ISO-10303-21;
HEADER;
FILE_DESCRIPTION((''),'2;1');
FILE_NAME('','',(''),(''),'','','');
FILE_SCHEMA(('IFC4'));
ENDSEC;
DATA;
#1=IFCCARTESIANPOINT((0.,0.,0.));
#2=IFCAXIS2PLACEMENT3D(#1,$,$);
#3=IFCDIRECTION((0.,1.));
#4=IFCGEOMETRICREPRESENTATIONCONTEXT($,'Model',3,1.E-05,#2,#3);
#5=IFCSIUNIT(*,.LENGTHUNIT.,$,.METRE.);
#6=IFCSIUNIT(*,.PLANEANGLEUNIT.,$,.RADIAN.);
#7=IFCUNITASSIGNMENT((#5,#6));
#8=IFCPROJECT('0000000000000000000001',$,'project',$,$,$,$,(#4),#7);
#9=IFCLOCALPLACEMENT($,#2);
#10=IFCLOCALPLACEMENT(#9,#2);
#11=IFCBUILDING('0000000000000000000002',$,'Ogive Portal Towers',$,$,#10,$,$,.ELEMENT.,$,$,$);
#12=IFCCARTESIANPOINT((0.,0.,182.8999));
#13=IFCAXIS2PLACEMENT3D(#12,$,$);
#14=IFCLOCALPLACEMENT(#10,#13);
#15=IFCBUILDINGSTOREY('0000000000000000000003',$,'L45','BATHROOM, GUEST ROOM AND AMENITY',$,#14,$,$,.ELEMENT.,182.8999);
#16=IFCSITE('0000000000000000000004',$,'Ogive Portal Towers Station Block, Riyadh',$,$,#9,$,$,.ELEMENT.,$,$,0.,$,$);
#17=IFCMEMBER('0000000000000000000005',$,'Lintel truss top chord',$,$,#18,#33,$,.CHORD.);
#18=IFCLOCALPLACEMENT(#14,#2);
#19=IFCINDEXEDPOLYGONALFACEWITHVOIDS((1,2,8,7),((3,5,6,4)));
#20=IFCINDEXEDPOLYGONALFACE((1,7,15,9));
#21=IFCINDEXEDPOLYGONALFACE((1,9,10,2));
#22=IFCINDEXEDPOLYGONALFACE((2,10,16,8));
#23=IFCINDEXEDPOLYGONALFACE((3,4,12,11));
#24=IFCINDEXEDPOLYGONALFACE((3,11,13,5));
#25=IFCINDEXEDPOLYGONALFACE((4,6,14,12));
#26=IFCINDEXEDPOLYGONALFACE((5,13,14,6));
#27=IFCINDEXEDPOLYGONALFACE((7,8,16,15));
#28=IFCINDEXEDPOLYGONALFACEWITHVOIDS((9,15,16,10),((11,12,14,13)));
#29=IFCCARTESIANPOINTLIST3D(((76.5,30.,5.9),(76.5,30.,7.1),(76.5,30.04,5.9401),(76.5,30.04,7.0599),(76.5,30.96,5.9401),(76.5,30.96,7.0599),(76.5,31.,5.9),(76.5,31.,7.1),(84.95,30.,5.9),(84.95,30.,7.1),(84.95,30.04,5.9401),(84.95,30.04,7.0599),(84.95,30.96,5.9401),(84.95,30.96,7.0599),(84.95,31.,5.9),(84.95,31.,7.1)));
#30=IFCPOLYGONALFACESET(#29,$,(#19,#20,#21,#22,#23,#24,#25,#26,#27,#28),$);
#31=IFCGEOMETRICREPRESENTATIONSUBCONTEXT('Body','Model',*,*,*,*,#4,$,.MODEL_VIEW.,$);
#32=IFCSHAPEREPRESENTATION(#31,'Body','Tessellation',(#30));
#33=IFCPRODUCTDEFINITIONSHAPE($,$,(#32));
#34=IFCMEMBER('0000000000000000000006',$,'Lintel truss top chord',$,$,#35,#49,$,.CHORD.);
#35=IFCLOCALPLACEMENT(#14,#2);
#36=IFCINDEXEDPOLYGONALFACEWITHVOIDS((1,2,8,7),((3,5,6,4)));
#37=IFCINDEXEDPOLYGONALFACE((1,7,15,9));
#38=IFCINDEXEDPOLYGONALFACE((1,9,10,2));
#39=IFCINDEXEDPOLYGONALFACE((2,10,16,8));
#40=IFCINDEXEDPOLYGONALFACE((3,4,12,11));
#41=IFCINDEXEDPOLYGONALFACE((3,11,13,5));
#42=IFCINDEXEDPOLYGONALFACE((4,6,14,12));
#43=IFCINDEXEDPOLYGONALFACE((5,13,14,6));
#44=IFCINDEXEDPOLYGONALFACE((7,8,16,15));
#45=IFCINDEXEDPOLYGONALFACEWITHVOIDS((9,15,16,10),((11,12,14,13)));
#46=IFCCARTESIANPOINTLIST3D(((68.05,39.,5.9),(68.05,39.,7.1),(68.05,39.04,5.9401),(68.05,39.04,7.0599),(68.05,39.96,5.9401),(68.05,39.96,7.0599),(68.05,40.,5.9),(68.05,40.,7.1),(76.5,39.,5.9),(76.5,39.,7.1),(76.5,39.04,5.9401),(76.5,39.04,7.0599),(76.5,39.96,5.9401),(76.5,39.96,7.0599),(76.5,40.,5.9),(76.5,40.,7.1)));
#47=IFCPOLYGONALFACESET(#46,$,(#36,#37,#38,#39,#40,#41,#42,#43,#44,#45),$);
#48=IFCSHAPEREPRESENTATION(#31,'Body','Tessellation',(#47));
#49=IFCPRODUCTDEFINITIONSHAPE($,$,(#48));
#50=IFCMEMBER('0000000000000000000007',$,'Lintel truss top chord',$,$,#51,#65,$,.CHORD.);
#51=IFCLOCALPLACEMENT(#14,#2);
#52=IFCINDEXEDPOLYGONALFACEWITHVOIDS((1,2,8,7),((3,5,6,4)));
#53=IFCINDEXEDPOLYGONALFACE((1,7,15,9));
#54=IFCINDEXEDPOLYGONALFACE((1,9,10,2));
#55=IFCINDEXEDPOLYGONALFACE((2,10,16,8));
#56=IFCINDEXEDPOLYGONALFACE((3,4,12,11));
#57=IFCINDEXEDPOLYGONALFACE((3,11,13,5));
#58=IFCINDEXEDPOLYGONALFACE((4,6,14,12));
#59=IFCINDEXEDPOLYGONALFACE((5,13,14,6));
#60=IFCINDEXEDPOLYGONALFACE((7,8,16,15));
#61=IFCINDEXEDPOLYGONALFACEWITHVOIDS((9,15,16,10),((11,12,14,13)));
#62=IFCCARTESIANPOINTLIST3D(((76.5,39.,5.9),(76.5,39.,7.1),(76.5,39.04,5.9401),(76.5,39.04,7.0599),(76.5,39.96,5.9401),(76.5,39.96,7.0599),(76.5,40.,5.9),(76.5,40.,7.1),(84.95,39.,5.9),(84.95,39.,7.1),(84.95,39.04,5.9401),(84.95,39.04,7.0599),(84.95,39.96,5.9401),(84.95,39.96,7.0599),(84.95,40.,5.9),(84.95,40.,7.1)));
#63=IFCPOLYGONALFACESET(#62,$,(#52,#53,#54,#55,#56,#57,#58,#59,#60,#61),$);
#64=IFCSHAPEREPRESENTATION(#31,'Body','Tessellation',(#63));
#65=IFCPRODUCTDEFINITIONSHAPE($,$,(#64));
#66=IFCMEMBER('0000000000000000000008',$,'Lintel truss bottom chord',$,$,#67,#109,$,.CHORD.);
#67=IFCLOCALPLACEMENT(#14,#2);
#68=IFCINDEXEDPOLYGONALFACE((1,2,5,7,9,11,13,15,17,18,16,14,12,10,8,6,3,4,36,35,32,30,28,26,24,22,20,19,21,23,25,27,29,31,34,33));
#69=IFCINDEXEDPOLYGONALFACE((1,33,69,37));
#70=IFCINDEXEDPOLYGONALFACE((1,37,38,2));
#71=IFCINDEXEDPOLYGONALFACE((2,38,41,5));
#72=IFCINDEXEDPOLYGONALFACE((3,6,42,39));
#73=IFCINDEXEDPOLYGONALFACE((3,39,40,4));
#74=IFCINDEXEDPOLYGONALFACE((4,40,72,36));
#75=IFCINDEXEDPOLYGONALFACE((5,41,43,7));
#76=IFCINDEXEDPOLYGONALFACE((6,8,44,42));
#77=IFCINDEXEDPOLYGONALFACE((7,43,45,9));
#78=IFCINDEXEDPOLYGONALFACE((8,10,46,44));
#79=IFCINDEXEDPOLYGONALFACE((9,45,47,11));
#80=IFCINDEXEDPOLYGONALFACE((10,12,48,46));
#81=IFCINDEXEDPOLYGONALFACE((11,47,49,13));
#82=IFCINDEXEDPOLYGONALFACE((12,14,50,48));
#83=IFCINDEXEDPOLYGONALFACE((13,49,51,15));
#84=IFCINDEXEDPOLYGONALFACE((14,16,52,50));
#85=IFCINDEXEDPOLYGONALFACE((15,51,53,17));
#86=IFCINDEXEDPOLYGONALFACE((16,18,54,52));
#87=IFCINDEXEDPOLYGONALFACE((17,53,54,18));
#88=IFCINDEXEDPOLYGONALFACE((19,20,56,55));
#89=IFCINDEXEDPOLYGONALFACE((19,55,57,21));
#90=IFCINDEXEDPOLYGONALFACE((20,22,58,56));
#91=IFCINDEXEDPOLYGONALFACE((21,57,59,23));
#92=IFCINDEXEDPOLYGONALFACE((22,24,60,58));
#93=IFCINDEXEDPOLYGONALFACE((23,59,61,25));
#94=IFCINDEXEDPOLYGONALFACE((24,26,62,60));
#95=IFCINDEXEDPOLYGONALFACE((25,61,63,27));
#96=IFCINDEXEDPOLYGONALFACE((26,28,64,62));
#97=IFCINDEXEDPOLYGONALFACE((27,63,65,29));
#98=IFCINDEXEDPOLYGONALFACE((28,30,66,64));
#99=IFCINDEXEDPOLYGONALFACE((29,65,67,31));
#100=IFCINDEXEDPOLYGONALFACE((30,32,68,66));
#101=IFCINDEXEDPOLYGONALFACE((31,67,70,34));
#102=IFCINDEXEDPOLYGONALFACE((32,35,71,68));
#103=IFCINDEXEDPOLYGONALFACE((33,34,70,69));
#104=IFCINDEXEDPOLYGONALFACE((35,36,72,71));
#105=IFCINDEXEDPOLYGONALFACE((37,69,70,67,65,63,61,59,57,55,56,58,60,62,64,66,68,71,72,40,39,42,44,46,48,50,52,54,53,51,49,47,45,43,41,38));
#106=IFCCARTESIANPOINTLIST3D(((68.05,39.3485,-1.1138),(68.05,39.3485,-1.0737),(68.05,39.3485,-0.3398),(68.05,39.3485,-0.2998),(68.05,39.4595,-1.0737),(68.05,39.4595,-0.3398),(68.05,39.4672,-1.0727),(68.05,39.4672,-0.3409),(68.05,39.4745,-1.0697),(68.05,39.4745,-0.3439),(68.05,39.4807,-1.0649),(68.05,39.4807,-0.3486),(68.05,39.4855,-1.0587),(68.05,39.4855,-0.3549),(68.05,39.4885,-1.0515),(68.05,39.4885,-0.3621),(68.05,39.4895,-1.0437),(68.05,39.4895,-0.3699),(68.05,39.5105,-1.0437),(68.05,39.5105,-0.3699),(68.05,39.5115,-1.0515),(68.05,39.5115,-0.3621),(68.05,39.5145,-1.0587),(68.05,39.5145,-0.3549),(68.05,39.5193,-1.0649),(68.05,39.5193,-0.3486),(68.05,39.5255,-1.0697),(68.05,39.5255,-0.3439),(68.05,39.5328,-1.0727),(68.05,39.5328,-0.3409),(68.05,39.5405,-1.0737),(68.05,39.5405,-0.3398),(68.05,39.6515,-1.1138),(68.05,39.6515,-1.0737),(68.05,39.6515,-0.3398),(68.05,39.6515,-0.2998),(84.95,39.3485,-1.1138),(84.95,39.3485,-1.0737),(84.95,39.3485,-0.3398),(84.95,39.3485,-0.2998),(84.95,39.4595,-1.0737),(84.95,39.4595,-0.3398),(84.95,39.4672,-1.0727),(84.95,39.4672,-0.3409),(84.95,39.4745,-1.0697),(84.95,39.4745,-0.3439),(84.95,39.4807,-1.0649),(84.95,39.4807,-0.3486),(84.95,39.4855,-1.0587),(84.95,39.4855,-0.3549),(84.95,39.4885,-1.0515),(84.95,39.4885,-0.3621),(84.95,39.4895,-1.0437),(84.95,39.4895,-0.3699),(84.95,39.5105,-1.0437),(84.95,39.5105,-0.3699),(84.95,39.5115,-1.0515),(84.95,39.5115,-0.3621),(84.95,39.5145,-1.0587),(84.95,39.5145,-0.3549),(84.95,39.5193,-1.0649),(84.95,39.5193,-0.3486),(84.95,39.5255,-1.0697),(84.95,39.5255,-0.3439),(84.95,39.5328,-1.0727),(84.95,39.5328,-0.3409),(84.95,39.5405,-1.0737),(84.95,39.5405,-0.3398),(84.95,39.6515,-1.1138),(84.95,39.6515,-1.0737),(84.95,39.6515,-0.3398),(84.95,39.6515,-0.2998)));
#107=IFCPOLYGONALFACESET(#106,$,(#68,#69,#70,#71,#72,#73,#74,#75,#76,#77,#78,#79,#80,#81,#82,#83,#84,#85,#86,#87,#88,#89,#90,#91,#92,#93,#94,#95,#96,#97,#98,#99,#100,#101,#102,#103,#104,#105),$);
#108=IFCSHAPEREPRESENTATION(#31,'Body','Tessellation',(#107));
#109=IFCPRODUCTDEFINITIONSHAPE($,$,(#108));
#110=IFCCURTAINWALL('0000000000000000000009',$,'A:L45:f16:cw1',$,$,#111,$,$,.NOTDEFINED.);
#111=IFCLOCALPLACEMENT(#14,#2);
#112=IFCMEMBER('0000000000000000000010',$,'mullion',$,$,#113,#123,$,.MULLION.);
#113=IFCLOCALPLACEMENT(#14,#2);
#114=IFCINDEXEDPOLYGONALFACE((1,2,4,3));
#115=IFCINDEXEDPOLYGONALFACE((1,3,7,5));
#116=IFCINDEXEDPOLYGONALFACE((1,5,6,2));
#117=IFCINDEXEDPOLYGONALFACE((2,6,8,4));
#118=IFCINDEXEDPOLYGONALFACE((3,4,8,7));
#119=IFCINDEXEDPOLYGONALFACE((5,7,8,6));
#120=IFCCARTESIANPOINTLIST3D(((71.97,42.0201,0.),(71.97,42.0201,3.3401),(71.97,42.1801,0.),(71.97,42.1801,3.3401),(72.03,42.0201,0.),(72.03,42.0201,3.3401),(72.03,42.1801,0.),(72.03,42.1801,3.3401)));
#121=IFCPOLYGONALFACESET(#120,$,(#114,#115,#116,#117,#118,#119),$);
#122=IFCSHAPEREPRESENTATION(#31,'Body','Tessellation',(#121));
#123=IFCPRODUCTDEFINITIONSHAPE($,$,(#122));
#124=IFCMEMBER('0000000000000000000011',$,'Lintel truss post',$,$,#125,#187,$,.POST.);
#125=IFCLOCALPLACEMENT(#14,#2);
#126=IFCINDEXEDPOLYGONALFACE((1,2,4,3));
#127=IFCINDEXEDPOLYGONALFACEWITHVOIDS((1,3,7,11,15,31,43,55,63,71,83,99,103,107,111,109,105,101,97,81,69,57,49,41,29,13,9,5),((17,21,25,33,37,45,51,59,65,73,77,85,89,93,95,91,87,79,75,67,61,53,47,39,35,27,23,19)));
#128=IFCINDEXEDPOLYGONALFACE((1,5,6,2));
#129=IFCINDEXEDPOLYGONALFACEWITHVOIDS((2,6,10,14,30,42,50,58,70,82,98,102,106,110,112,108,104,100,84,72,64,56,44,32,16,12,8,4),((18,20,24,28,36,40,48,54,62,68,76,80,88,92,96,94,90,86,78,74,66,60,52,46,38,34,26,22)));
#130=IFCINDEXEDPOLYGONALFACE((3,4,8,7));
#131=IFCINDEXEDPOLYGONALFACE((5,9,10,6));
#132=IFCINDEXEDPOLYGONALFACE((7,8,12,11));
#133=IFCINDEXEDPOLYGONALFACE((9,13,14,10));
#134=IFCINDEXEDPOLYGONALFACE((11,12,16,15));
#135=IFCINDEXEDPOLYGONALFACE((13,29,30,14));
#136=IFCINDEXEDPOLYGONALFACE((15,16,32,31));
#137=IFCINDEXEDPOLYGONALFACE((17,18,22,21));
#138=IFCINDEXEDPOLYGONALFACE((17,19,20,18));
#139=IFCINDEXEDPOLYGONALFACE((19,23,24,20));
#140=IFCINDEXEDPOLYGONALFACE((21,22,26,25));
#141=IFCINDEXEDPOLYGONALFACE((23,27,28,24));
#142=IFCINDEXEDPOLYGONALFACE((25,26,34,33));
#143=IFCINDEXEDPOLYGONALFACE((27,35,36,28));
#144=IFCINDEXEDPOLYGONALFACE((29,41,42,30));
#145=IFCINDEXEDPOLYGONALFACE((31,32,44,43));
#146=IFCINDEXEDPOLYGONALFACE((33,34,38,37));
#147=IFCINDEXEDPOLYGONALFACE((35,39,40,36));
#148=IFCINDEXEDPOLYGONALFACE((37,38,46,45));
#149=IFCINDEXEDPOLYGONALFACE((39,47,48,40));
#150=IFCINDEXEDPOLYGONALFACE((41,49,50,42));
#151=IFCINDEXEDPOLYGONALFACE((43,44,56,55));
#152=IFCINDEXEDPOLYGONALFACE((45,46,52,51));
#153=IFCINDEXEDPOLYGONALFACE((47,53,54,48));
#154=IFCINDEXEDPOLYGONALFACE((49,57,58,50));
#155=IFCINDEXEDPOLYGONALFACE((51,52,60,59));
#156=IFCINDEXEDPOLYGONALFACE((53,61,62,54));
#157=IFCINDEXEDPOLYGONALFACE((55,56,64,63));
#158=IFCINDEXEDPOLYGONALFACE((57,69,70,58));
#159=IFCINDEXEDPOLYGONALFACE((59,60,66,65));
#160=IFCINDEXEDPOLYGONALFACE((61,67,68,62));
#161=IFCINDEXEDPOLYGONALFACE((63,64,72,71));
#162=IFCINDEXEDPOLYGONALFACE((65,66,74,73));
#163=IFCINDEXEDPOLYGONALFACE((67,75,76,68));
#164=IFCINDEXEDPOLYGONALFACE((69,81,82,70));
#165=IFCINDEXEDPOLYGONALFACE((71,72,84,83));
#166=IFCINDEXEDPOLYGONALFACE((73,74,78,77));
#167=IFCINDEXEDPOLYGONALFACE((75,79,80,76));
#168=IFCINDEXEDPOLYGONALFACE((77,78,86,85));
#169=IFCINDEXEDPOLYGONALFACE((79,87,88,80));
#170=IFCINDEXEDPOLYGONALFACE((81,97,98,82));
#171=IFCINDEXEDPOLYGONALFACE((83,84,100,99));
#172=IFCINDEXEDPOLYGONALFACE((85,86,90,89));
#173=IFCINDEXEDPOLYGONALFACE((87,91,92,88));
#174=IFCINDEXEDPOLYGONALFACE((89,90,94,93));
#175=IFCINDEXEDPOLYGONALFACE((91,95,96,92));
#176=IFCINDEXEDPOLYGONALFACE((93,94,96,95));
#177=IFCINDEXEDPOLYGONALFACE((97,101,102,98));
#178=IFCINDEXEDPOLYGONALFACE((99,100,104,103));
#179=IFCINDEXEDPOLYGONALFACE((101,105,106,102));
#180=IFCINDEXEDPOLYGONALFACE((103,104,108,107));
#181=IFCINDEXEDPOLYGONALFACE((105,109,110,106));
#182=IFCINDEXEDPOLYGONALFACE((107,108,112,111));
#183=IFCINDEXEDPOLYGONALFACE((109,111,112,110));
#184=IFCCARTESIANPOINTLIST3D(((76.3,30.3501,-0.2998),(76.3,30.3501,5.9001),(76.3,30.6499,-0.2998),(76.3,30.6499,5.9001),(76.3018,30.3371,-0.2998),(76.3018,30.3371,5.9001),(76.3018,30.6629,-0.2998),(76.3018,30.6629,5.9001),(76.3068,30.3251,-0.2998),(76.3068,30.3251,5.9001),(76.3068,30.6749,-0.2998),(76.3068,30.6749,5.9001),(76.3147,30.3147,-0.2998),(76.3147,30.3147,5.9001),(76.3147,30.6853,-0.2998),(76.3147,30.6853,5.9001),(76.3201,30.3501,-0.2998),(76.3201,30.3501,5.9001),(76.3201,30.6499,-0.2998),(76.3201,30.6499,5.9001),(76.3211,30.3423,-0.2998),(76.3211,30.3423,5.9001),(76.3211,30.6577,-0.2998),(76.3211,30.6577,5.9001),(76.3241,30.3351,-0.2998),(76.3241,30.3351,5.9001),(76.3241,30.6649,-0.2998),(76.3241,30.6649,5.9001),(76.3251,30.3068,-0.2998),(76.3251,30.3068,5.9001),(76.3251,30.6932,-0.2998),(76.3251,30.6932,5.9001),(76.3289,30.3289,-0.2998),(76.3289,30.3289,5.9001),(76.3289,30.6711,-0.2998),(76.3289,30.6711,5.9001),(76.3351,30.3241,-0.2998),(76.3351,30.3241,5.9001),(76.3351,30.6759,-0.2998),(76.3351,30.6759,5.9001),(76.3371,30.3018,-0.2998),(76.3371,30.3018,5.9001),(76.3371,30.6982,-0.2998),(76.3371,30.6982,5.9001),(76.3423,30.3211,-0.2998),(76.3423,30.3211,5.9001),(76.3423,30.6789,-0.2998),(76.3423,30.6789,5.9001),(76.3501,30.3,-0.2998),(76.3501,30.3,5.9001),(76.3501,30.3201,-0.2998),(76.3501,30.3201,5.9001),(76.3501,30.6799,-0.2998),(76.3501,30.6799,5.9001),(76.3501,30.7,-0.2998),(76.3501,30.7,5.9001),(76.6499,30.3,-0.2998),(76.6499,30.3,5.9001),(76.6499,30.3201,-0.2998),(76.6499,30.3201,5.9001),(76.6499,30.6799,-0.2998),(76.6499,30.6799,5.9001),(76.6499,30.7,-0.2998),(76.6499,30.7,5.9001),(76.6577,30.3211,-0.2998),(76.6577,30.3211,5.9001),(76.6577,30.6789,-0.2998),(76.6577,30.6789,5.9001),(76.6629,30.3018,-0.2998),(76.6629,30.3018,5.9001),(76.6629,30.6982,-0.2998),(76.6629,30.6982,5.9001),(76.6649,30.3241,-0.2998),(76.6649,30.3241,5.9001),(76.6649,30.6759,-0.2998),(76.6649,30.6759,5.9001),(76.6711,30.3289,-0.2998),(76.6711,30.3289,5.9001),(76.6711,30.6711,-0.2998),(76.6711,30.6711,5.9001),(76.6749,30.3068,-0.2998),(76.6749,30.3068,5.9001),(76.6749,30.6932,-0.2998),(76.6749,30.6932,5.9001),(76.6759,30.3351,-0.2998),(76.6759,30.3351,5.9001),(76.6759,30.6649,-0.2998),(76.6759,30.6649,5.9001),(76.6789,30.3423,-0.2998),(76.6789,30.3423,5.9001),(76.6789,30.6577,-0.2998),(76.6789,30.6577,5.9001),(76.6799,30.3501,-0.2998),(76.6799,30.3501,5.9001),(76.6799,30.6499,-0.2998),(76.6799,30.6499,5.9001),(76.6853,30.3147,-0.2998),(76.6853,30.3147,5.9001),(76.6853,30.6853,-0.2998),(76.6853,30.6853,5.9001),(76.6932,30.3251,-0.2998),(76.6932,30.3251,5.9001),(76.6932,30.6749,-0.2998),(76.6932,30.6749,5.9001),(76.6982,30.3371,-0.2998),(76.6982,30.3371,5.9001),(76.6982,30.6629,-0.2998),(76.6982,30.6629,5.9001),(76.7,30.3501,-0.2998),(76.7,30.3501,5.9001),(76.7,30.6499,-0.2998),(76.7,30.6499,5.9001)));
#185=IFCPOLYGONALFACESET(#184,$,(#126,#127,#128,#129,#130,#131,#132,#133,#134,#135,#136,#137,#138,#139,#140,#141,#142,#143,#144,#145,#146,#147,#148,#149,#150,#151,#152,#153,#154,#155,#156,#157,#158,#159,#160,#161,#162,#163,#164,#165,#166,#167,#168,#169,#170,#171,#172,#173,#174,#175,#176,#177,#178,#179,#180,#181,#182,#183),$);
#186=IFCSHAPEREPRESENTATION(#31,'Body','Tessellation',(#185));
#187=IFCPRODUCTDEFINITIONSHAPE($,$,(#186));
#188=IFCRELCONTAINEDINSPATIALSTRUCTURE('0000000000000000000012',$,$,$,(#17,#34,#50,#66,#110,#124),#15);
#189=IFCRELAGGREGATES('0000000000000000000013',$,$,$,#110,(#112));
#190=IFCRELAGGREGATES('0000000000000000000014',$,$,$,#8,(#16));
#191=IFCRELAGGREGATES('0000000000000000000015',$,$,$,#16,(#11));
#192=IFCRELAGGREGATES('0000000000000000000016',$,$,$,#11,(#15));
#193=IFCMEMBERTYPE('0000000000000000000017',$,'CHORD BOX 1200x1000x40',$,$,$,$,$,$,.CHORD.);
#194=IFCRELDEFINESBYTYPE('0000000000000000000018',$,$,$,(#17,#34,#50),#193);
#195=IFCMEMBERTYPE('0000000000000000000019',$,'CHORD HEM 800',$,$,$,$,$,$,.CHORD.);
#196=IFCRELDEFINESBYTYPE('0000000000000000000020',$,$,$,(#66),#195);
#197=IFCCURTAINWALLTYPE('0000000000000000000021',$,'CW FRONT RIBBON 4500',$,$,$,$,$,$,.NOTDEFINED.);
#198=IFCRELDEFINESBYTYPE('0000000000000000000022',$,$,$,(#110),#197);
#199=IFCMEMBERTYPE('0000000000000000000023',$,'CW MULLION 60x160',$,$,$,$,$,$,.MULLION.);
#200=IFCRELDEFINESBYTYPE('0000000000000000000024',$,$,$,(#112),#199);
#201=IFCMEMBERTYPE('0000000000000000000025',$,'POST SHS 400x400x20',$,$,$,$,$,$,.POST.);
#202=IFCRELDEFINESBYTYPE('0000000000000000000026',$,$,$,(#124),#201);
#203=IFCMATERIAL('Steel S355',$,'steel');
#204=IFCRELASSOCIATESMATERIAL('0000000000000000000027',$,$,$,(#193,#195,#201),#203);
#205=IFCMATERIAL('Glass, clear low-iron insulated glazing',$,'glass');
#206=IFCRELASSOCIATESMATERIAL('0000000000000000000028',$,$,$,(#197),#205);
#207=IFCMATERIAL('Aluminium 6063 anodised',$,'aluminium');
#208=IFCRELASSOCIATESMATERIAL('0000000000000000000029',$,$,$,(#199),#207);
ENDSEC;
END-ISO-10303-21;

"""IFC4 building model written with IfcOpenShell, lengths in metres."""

from ifc_helpers import new_model, si_unit, direction, frame, origin, origin_2d, place, context, subcontext, project, spatial, rectangle, hollow_rectangle, i_section, extrude, material, material_profile, profile_set, type_object, element, aggregate, save


model = new_model("IFC4")

# Units and contexts
model_context = context("Model", 3, precision=1e-05, world=origin(), true_north=direction((0.0, 1.0)))
body_context = subcontext(model_context, "Body", "Model", "MODEL_VIEW")
ifc_project = project(units=[si_unit("LENGTHUNIT", "METRE"), si_unit("PLANEANGLEUNIT", "RADIAN")], contexts=[model_context])

# Site, building, storey
site_placement = place(None, origin())
site = spatial("IfcSite", under=ifc_project, at=site_placement, Name="Ogive Portal Towers Station Block, Riyadh", CompositionType="ELEMENT", RefElevation=0.0)
building_placement = place(site_placement, origin())
building = spatial("IfcBuilding", under=site, at=building_placement, Name="Ogive Portal Towers", CompositionType="ELEMENT")
storey_placement = place(building_placement, frame((0.0, 0.0, 182.8999)))
storey = spatial("IfcBuildingStorey", under=building, at=storey_placement, Name="L45", Description="BATHROOM, GUEST ROOM AND AMENITY", CompositionType="ELEMENT", Elevation=182.8999)

# Members
ifc_material_1 = material(Name="Steel S355", Category="steel")
ifc_material_profile_1 = material_profile(ifc_material_1, hollow_rectangle(XDim=1.0, YDim=1.2, WallThickness=0.04, at=origin_2d()), Name="BOX 1200x1000x40")
ifc_profile_set_1 = profile_set([ifc_material_profile_1], Name="Steel S355")
member_type_1 = type_object("IfcMemberType", Name="CHORD BOX 1200x1000x40", PredefinedType="CHORD", material=ifc_profile_set_1)
for number, where, z_axis, x_axis, name in (
    (1, (76.5, 30.5, 6.5), (1.0, 0.0, 0.0), (0.0, 1.0, 0.0), "Lintel truss top chord"),
    (2, (68.05, 39.5, 6.5), (1.0, 0.0, 0.0), (0.0, 1.0, 0.0), "Lintel truss top chord"),
    (3, (76.5, 39.5, 6.5), (1.0, 0.0, 0.0), (0.0, 1.0, 0.0), "Lintel truss top chord"),
):
    element("IfcMember", number, at=place(storey_placement, frame(where, z_axis=z_axis, x_axis=x_axis)), inside=storey, type_object=member_type_1, Name=name, PredefinedType="CHORD", context=body_context, shape_type="SweptSolid", body=[
        extrude(hollow_rectangle(XDim=1.0, YDim=1.2, WallThickness=0.04, at=origin_2d()), origin(), (0.0, 0.0, 1.0), 8.45),
    ])
ifc_material_profile_2 = material_profile(ifc_material_1, i_section(OverallWidth=0.303, OverallDepth=0.814, WebThickness=0.021, FlangeThickness=0.04, FilletRadius=0.03, at=origin_2d()), Name="HEM 800")
ifc_profile_set_2 = profile_set([ifc_material_profile_2], Name="Steel S355")
member_type_2 = type_object("IfcMemberType", Name="CHORD HEM 800", PredefinedType="CHORD", material=ifc_profile_set_2)
member_1_placement = place(storey_placement, frame((68.05, 39.5, -0.7068), z_axis=(1.0, 0.0, 0.0), x_axis=(0.0, 1.0, 0.0)))
element("IfcMember", 4, at=member_1_placement, inside=storey, type_object=member_type_2, Name="Lintel truss bottom chord", PredefinedType="CHORD", context=body_context, shape_type="SweptSolid", body=[
    extrude(i_section(OverallWidth=0.303, OverallDepth=0.814, WebThickness=0.021, FlangeThickness=0.04, FilletRadius=0.03, at=origin_2d()), origin(), (0.0, 0.0, 1.0), 16.8999),
])

# Curtain wall, member
ifc_material_2 = material(Name="Glass, clear low-iron insulated glazing", Category="glass")
curtain_wall_type = type_object("IfcCurtainWallType", Name="CW FRONT RIBBON 4500", PredefinedType="NOTDEFINED", material=ifc_material_2)
curtain_wall_placement = place(storey_placement, origin())
curtain_wall = element("IfcCurtainWall", 5, at=curtain_wall_placement, inside=storey, type_object=curtain_wall_type, Name="A:L45:f16:cw1", PredefinedType="NOTDEFINED")
ifc_material_3 = material(Name="Aluminium 6063 anodised", Category="aluminium")
ifc_material_profile_3 = material_profile(ifc_material_3, rectangle(XDim=0.1599, YDim=0.0601, at=origin_2d()), Name="AL 60x160")
ifc_profile_set_3 = profile_set([ifc_material_profile_3], Name="Aluminium 6063 anodised")
member_type_3 = type_object("IfcMemberType", Name="CW MULLION 60x160", PredefinedType="MULLION", material=ifc_profile_set_3)
member_2_placement = place(storey_placement, frame((72.0, 42.1001, 0.0), z_axis=(0.0, 0.0, 1.0), x_axis=(0.0, -1.0, 0.0)))
member_2 = element("IfcMember", 6, at=member_2_placement, type_object=member_type_3, Name="mullion", PredefinedType="MULLION", context=body_context, shape_type="SweptSolid", body=[
    extrude(rectangle(XDim=0.1599, YDim=0.0601, at=origin_2d()), origin(), (0.0, 0.0, 1.0), 3.3401),
])

# Member
ifc_material_profile_4 = material_profile(ifc_material_1, hollow_rectangle(XDim=0.3999, YDim=0.3999, WallThickness=0.02, InnerFilletRadius=0.03, OuterFilletRadius=0.05, at=origin_2d()), Name="SHS 400x400x20")
ifc_profile_set_4 = profile_set([ifc_material_profile_4], Name="Steel S355")
member_type_4 = type_object("IfcMemberType", Name="POST SHS 400x400x20", PredefinedType="POST", material=ifc_profile_set_4)
for number, where, z_axis, x_axis, name in (
    (7, (76.5, 30.5, -0.2998), (0.0, 0.0, 1.0), (1.0, 0.0, 0.0), "Lintel truss post"),
):
    element("IfcMember", number, at=place(storey_placement, frame(where, z_axis=z_axis, x_axis=x_axis)), inside=storey, type_object=member_type_4, Name=name, PredefinedType="POST", context=body_context, shape_type="SweptSolid", body=[
        extrude(hollow_rectangle(XDim=0.3999, YDim=0.3999, WallThickness=0.02, InnerFilletRadius=0.03, OuterFilletRadius=0.05, at=origin_2d()), origin(), (0.0, 0.0, 1.0), 6.2),
    ])

aggregate(curtain_wall, [member_2])

save(model, "model.ifc")
